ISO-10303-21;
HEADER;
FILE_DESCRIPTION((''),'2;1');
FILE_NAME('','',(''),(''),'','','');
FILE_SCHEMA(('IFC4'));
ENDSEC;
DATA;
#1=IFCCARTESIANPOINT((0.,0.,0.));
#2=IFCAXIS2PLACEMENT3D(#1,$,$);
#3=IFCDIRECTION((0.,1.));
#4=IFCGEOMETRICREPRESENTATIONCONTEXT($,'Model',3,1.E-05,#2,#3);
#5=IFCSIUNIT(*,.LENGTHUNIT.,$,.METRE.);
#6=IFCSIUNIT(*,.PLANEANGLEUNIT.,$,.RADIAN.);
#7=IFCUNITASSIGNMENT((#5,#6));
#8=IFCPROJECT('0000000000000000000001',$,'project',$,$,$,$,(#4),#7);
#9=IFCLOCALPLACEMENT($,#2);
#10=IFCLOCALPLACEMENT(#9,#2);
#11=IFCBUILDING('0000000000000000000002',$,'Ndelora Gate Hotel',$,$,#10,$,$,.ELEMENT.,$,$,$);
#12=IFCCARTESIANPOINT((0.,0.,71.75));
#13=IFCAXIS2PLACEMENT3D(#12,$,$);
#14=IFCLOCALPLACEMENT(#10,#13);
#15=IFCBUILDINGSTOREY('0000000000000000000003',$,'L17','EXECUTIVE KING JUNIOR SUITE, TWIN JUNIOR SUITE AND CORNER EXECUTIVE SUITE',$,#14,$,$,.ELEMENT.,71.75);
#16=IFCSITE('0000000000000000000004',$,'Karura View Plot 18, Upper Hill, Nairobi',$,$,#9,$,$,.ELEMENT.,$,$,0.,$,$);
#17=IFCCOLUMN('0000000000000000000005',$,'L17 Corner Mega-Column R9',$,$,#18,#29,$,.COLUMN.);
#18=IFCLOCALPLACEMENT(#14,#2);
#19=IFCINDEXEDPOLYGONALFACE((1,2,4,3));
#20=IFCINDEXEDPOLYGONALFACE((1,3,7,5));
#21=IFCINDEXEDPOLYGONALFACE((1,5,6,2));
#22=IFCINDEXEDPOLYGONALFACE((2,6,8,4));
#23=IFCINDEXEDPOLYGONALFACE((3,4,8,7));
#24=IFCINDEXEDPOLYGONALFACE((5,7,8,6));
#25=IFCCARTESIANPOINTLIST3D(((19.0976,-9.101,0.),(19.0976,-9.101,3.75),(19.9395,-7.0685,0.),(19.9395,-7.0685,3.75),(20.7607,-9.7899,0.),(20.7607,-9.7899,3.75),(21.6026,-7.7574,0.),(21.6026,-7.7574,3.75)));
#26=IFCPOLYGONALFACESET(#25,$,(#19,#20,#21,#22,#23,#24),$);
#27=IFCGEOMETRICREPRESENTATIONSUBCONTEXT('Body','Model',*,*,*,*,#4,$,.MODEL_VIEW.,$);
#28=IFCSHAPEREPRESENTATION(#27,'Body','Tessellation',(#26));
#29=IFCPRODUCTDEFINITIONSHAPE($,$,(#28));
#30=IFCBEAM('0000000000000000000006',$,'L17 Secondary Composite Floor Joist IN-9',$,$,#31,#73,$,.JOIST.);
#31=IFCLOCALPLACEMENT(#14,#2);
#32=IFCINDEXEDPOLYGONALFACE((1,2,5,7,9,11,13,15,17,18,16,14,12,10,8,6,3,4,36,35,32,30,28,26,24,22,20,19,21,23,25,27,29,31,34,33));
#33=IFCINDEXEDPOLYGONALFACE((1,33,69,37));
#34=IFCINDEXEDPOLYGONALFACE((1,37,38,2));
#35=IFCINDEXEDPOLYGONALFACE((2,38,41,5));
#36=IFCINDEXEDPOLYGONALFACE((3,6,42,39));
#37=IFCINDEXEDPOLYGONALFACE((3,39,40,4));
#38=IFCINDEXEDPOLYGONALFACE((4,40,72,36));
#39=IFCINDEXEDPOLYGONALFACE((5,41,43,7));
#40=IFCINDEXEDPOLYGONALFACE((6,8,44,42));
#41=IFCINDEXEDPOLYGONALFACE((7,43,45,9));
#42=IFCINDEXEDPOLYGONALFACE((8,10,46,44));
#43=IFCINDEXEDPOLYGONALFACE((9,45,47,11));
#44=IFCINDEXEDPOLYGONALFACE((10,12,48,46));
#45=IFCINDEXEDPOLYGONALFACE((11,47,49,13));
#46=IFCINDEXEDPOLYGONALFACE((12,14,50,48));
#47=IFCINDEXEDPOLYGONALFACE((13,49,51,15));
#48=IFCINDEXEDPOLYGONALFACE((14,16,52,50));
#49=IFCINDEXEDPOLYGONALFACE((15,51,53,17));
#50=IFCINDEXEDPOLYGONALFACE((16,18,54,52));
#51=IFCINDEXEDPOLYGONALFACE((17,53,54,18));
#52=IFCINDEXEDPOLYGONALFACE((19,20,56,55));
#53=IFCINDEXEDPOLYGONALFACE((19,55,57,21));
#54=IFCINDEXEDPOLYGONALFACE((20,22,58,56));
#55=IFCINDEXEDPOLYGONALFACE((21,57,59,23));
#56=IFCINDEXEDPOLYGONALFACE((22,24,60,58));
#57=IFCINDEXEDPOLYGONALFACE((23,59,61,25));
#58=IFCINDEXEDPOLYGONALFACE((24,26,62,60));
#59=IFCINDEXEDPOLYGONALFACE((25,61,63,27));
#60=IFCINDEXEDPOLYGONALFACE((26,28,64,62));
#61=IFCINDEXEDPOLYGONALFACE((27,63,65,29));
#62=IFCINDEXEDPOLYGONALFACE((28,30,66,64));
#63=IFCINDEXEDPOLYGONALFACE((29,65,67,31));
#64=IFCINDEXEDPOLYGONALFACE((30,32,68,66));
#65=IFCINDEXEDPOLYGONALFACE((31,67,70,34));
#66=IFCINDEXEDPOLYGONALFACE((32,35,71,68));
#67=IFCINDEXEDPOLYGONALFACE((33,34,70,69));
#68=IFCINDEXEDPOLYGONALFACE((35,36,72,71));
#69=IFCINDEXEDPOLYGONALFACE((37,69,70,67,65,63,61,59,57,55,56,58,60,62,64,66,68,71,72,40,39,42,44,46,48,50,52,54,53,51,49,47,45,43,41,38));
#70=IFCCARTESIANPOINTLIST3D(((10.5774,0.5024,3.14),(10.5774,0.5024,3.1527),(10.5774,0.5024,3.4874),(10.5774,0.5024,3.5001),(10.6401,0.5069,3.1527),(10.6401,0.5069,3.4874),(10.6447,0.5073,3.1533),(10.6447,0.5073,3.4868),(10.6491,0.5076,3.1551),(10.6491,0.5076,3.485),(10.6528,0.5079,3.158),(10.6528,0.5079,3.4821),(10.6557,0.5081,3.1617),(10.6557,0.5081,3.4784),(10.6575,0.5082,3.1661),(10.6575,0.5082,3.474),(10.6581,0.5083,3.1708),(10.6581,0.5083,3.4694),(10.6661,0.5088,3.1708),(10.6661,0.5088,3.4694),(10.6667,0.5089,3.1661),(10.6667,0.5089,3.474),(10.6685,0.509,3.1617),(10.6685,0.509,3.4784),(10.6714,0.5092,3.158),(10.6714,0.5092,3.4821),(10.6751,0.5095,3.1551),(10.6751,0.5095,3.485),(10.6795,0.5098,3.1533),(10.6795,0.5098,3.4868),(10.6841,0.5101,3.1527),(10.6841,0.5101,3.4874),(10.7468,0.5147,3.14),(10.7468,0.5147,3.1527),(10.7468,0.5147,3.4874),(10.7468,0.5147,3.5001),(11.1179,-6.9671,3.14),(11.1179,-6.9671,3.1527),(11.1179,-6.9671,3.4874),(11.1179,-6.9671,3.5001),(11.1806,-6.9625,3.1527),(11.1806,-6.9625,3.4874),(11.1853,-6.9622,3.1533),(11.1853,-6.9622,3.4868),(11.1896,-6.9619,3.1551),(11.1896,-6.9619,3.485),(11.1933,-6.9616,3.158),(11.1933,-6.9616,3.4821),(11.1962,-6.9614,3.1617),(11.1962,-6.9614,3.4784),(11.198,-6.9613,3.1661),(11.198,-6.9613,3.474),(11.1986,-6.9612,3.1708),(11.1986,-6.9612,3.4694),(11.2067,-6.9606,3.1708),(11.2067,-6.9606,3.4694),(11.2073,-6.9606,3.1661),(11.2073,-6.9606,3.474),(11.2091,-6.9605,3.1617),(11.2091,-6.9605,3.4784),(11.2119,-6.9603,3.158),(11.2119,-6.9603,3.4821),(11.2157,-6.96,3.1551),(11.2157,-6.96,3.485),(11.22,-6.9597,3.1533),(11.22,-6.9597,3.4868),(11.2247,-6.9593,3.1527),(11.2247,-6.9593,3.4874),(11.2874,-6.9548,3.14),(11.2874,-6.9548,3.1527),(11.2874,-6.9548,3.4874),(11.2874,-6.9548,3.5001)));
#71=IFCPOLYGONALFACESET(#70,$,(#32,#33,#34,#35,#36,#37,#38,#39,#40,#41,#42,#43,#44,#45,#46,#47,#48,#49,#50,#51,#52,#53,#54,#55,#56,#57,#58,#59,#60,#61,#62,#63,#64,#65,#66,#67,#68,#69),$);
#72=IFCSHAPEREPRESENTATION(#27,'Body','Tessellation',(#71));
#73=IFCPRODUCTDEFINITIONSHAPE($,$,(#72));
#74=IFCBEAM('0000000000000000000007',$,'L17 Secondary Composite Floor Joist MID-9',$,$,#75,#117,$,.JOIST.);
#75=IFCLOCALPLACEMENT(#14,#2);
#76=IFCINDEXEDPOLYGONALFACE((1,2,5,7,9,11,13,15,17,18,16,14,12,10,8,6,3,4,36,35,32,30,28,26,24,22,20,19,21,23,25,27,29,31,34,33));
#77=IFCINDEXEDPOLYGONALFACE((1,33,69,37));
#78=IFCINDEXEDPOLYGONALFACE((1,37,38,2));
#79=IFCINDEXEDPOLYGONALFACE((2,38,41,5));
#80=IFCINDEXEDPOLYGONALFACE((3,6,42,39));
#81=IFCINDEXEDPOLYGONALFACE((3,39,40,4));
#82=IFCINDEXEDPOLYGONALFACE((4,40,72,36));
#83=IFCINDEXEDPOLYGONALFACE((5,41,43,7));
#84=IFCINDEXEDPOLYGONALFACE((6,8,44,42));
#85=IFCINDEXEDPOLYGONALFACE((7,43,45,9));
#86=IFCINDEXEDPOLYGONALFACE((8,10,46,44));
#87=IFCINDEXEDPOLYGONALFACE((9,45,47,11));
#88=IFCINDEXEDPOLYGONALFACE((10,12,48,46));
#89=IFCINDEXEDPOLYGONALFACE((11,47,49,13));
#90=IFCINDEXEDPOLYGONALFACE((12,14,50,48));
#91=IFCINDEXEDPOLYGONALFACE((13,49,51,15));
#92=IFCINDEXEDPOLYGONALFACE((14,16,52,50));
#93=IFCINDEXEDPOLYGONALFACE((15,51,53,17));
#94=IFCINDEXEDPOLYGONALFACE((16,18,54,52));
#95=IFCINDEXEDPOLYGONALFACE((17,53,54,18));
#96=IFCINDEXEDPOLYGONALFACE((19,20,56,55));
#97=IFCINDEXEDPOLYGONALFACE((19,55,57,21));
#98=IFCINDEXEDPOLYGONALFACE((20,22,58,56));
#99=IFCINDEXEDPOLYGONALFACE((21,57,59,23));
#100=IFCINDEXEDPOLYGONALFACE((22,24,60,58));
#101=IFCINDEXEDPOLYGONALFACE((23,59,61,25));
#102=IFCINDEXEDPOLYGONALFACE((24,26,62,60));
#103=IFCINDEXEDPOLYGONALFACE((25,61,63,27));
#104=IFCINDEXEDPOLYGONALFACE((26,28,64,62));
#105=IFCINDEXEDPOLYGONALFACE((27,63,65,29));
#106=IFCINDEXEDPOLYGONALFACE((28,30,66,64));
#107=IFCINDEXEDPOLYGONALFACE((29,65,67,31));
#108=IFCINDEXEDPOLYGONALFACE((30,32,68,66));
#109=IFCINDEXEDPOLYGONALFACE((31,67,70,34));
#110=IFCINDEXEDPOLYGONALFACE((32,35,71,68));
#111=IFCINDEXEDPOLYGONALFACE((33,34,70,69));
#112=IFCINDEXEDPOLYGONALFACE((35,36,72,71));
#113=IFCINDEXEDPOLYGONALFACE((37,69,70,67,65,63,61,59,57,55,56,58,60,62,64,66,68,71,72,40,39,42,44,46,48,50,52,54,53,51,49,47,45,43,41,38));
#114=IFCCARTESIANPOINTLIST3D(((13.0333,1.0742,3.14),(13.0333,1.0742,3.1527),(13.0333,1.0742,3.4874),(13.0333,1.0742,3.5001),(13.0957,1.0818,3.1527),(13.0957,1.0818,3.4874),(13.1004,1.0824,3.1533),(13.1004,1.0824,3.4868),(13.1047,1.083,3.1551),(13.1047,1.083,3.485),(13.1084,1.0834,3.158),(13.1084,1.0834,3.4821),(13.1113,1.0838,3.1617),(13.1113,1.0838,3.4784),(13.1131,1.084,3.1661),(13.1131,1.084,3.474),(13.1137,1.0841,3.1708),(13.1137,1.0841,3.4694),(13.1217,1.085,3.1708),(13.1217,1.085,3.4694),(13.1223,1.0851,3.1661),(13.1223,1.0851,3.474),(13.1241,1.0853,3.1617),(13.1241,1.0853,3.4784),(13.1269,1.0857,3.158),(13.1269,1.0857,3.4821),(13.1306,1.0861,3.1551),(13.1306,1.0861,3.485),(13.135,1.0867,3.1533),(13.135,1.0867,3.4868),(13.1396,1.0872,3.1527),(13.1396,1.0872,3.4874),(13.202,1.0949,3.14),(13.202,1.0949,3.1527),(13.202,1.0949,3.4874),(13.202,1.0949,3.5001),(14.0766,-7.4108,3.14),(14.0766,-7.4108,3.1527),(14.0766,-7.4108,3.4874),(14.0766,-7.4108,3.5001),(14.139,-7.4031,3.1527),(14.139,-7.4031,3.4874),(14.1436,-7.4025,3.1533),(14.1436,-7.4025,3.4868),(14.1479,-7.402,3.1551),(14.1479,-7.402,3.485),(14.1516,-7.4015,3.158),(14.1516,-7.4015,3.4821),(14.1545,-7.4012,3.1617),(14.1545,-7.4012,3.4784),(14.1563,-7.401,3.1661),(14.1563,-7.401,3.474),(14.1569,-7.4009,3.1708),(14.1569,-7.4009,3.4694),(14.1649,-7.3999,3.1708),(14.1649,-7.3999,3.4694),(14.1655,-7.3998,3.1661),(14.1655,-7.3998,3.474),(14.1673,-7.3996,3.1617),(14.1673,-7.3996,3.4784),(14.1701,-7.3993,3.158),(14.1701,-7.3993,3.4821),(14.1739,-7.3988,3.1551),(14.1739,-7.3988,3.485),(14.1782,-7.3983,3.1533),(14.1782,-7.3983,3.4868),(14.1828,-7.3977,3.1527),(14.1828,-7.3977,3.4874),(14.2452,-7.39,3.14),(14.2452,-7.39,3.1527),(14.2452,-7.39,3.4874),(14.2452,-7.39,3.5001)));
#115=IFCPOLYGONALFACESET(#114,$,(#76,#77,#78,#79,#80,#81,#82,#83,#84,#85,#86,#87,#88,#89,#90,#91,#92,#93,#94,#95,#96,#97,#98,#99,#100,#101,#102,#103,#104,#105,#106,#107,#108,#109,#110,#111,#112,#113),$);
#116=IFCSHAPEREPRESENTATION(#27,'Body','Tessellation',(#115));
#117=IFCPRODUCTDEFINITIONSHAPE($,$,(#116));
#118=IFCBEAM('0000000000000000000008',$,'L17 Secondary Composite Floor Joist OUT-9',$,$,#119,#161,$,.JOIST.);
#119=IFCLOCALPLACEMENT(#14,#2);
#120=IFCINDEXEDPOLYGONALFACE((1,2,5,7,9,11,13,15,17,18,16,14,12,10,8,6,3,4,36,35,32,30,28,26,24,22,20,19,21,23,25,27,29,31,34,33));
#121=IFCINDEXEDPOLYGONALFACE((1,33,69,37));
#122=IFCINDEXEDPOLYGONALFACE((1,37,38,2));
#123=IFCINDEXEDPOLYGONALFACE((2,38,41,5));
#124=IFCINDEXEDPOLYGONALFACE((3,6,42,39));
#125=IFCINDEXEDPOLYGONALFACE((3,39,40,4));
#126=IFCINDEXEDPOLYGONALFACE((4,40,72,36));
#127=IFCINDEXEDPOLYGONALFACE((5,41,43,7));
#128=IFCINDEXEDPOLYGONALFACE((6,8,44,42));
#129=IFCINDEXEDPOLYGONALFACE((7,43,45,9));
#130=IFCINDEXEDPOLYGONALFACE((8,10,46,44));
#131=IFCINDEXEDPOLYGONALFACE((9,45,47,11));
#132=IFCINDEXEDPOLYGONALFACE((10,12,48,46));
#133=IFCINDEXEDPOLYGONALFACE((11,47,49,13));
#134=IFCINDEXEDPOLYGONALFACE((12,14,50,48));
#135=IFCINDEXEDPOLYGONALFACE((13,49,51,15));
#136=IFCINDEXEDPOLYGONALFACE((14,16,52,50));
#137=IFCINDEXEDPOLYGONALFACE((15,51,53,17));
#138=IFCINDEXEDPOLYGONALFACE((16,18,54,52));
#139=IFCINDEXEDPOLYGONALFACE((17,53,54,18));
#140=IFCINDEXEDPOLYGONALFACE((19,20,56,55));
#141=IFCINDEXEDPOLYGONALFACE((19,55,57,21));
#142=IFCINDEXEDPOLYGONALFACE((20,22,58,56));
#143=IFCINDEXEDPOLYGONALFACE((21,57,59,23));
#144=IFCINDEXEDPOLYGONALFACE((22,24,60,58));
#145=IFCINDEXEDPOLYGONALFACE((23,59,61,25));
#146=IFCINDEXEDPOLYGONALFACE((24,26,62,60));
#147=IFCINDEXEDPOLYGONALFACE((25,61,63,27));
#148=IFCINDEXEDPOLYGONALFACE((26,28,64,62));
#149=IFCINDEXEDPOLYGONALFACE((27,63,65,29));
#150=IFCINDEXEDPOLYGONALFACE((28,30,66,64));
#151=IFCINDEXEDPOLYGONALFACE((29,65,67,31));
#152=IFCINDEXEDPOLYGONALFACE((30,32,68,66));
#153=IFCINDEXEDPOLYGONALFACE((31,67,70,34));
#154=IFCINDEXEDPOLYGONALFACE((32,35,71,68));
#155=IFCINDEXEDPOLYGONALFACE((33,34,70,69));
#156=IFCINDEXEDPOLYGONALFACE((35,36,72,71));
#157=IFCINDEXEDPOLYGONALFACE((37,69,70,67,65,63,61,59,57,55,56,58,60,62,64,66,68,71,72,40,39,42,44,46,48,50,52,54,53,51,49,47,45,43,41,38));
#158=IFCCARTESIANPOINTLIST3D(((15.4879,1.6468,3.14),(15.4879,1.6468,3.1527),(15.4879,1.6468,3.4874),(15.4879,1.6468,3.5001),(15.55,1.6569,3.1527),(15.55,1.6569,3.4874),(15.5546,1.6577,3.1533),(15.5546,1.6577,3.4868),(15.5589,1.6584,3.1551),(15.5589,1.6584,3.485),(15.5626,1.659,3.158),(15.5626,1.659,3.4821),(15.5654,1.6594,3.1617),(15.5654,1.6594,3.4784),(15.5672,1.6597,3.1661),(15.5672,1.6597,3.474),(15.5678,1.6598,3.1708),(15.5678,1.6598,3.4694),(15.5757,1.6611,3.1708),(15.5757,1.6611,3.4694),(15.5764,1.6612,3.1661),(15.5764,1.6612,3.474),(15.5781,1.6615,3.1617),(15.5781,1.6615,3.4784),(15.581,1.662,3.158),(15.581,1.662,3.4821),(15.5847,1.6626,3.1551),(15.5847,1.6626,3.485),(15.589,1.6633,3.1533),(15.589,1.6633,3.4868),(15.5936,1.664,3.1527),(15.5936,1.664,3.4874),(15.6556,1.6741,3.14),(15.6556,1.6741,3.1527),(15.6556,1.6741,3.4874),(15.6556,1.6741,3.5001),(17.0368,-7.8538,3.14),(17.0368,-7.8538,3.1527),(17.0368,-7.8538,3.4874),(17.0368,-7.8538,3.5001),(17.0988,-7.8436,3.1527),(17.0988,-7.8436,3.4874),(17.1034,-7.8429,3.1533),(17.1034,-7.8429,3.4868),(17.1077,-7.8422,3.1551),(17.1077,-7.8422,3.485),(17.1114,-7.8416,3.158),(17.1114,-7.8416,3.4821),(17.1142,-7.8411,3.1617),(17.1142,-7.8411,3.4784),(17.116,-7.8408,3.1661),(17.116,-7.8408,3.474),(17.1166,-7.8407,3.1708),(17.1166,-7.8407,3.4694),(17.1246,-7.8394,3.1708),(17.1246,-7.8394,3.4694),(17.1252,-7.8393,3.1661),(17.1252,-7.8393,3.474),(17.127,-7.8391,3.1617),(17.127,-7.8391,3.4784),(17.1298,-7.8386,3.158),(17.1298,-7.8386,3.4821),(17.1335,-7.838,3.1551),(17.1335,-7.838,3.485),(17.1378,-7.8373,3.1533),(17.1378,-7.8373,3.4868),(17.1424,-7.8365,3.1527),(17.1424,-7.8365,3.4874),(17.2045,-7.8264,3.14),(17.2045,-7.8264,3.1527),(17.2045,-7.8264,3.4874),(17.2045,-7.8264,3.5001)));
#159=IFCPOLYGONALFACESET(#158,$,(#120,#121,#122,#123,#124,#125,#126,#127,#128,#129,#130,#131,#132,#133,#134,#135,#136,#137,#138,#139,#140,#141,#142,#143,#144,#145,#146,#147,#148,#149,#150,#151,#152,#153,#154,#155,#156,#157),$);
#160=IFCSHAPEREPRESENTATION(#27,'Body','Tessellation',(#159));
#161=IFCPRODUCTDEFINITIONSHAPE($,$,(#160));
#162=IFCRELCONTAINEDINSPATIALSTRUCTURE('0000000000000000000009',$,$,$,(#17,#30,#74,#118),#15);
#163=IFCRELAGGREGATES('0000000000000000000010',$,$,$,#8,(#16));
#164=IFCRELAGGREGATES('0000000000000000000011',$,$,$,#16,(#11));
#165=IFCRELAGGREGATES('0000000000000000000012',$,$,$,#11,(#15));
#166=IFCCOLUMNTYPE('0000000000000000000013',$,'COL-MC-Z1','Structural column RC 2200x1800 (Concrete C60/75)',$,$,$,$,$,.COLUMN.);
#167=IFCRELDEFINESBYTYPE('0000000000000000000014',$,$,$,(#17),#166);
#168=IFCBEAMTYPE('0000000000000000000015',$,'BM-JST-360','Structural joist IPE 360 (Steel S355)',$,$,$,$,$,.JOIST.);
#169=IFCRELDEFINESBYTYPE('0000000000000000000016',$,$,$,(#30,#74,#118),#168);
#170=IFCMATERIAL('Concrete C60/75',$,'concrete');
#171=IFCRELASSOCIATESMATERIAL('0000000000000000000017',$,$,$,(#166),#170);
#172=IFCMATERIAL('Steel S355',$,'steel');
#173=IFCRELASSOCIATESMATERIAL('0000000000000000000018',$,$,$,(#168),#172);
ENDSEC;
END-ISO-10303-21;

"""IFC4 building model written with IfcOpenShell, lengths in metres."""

from ifc_helpers import new_model, si_unit, direction, frame, origin, origin_2d, place, context, subcontext, project, spatial, rectangle, i_section, extrude, material, material_profile, profile_set, type_object, element, save


model = new_model("IFC4")

# Units and contexts
model_context = context("Model", 3, precision=1e-05, world=origin(), true_north=direction((0.0, 1.0)))
body_context = subcontext(model_context, "Body", "Model", "MODEL_VIEW")
ifc_project = project(units=[si_unit("LENGTHUNIT", "METRE"), si_unit("PLANEANGLEUNIT", "RADIAN")], contexts=[model_context])

# Site, building, storey
site_placement = place(None, origin())
site = spatial("IfcSite", under=ifc_project, at=site_placement, Name="Karura View Plot 18, Upper Hill, Nairobi", CompositionType="ELEMENT", RefElevation=0.0)
building_placement = place(site_placement, origin())
building = spatial("IfcBuilding", under=site, at=building_placement, Name="Ndelora Gate Hotel", CompositionType="ELEMENT")
storey_placement = place(building_placement, frame((0.0, 0.0, 71.75)))
storey = spatial("IfcBuildingStorey", under=building, at=storey_placement, Name="L17", Description="EXECUTIVE KING JUNIOR SUITE, TWIN JUNIOR SUITE AND CORNER EXECUTIVE SUITE", CompositionType="ELEMENT", Elevation=71.75)

# Column
ifc_material_1 = material(Name="Concrete C60/75", Category="concrete")
ifc_material_profile_1 = material_profile(ifc_material_1, rectangle(XDim=1.8, YDim=2.2, at=origin_2d()), Name="RC 2200x1800")
ifc_profile_set_1 = profile_set([ifc_material_profile_1], Name="Concrete C60/75")
column_type = type_object("IfcColumnType", Name="COL-MC-Z1", Description="Structural column RC 2200x1800 (Concrete C60/75)", PredefinedType="COLUMN", material=ifc_profile_set_1)
column_placement = place(storey_placement, frame((20.3501, -8.4292, 0.0), z_axis=(0.0, 0.0, 1.0), x_axis=(-0.92388, 0.382683, 0.0)))
element("IfcColumn", 1, at=column_placement, inside=storey, type_object=column_type, Name="L17 Corner Mega-Column R9", PredefinedType="COLUMN", context=body_context, shape_type="SweptSolid", body=[
    extrude(rectangle(XDim=1.8, YDim=2.2, at=origin_2d()), origin(), (0.0, 0.0, 1.0), 3.75),
])

# Beams
ifc_material_2 = material(Name="Steel S355", Category="steel")
ifc_material_profile_2 = material_profile(ifc_material_2, i_section(OverallWidth=0.1699, OverallDepth=0.3601, WebThickness=0.0081, FlangeThickness=0.0127, FilletRadius=0.0181, at=origin_2d()), Name="IPE 360")
ifc_profile_set_2 = profile_set([ifc_material_profile_2], Name="Steel S355")
beam_type_1 = type_object("IfcBeamType", Name="BM-JST-360", Description="Structural joist IPE 360 (Steel S355)", PredefinedType="JOIST", material=ifc_profile_set_2)
beam_1_placement = place(storey_placement, frame((11.2026, -6.9609, 3.3201), z_axis=(-0.072176, 0.997392, 0.0), x_axis=(-0.997392, -0.072176, 0.0)))
element("IfcBeam", 2, at=beam_1_placement, inside=storey, type_object=beam_type_1, Name="L17 Secondary Composite Floor Joist IN-9", PredefinedType="JOIST", context=body_context, shape_type="SweptSolid", body=[
    extrude(i_section(OverallWidth=0.1699, OverallDepth=0.3601, WebThickness=0.0081, FlangeThickness=0.0127, FilletRadius=0.0181, at=origin_2d()), origin(), (0.0, 0.0, 1.0), 7.489),
])
beam_2_placement = place(storey_placement, frame((14.1609, -7.4004, 3.3201), z_axis=(-0.122031, 0.992526, 0.0), x_axis=(-0.992526, -0.122031, 0.0)))
element("IfcBeam", 3, at=beam_2_placement, inside=storey, type_object=beam_type_1, Name="L17 Secondary Composite Floor Joist MID-9", PredefinedType="JOIST", context=body_context, shape_type="SweptSolid", body=[
    extrude(i_section(OverallWidth=0.1699, OverallDepth=0.3601, WebThickness=0.0081, FlangeThickness=0.0127, FilletRadius=0.0181, at=origin_2d()), origin(), (0.0, 0.0, 1.0), 8.5488),
])
beam_3_placement = place(storey_placement, frame((17.1206, -7.8401, 3.3201), z_axis=(-0.160902, 0.98697, 0.0), x_axis=(-0.98697, -0.160902, 0.0)))
element("IfcBeam", 4, at=beam_3_placement, inside=storey, type_object=beam_type_1, Name="L17 Secondary Composite Floor Joist OUT-9", PredefinedType="JOIST", context=body_context, shape_type="SweptSolid", body=[
    extrude(i_section(OverallWidth=0.1699, OverallDepth=0.3601, WebThickness=0.0081, FlangeThickness=0.0127, FilletRadius=0.0181, at=origin_2d()), origin(), (0.0, 0.0, 1.0), 9.626),
])

save(model, "model.ifc")
